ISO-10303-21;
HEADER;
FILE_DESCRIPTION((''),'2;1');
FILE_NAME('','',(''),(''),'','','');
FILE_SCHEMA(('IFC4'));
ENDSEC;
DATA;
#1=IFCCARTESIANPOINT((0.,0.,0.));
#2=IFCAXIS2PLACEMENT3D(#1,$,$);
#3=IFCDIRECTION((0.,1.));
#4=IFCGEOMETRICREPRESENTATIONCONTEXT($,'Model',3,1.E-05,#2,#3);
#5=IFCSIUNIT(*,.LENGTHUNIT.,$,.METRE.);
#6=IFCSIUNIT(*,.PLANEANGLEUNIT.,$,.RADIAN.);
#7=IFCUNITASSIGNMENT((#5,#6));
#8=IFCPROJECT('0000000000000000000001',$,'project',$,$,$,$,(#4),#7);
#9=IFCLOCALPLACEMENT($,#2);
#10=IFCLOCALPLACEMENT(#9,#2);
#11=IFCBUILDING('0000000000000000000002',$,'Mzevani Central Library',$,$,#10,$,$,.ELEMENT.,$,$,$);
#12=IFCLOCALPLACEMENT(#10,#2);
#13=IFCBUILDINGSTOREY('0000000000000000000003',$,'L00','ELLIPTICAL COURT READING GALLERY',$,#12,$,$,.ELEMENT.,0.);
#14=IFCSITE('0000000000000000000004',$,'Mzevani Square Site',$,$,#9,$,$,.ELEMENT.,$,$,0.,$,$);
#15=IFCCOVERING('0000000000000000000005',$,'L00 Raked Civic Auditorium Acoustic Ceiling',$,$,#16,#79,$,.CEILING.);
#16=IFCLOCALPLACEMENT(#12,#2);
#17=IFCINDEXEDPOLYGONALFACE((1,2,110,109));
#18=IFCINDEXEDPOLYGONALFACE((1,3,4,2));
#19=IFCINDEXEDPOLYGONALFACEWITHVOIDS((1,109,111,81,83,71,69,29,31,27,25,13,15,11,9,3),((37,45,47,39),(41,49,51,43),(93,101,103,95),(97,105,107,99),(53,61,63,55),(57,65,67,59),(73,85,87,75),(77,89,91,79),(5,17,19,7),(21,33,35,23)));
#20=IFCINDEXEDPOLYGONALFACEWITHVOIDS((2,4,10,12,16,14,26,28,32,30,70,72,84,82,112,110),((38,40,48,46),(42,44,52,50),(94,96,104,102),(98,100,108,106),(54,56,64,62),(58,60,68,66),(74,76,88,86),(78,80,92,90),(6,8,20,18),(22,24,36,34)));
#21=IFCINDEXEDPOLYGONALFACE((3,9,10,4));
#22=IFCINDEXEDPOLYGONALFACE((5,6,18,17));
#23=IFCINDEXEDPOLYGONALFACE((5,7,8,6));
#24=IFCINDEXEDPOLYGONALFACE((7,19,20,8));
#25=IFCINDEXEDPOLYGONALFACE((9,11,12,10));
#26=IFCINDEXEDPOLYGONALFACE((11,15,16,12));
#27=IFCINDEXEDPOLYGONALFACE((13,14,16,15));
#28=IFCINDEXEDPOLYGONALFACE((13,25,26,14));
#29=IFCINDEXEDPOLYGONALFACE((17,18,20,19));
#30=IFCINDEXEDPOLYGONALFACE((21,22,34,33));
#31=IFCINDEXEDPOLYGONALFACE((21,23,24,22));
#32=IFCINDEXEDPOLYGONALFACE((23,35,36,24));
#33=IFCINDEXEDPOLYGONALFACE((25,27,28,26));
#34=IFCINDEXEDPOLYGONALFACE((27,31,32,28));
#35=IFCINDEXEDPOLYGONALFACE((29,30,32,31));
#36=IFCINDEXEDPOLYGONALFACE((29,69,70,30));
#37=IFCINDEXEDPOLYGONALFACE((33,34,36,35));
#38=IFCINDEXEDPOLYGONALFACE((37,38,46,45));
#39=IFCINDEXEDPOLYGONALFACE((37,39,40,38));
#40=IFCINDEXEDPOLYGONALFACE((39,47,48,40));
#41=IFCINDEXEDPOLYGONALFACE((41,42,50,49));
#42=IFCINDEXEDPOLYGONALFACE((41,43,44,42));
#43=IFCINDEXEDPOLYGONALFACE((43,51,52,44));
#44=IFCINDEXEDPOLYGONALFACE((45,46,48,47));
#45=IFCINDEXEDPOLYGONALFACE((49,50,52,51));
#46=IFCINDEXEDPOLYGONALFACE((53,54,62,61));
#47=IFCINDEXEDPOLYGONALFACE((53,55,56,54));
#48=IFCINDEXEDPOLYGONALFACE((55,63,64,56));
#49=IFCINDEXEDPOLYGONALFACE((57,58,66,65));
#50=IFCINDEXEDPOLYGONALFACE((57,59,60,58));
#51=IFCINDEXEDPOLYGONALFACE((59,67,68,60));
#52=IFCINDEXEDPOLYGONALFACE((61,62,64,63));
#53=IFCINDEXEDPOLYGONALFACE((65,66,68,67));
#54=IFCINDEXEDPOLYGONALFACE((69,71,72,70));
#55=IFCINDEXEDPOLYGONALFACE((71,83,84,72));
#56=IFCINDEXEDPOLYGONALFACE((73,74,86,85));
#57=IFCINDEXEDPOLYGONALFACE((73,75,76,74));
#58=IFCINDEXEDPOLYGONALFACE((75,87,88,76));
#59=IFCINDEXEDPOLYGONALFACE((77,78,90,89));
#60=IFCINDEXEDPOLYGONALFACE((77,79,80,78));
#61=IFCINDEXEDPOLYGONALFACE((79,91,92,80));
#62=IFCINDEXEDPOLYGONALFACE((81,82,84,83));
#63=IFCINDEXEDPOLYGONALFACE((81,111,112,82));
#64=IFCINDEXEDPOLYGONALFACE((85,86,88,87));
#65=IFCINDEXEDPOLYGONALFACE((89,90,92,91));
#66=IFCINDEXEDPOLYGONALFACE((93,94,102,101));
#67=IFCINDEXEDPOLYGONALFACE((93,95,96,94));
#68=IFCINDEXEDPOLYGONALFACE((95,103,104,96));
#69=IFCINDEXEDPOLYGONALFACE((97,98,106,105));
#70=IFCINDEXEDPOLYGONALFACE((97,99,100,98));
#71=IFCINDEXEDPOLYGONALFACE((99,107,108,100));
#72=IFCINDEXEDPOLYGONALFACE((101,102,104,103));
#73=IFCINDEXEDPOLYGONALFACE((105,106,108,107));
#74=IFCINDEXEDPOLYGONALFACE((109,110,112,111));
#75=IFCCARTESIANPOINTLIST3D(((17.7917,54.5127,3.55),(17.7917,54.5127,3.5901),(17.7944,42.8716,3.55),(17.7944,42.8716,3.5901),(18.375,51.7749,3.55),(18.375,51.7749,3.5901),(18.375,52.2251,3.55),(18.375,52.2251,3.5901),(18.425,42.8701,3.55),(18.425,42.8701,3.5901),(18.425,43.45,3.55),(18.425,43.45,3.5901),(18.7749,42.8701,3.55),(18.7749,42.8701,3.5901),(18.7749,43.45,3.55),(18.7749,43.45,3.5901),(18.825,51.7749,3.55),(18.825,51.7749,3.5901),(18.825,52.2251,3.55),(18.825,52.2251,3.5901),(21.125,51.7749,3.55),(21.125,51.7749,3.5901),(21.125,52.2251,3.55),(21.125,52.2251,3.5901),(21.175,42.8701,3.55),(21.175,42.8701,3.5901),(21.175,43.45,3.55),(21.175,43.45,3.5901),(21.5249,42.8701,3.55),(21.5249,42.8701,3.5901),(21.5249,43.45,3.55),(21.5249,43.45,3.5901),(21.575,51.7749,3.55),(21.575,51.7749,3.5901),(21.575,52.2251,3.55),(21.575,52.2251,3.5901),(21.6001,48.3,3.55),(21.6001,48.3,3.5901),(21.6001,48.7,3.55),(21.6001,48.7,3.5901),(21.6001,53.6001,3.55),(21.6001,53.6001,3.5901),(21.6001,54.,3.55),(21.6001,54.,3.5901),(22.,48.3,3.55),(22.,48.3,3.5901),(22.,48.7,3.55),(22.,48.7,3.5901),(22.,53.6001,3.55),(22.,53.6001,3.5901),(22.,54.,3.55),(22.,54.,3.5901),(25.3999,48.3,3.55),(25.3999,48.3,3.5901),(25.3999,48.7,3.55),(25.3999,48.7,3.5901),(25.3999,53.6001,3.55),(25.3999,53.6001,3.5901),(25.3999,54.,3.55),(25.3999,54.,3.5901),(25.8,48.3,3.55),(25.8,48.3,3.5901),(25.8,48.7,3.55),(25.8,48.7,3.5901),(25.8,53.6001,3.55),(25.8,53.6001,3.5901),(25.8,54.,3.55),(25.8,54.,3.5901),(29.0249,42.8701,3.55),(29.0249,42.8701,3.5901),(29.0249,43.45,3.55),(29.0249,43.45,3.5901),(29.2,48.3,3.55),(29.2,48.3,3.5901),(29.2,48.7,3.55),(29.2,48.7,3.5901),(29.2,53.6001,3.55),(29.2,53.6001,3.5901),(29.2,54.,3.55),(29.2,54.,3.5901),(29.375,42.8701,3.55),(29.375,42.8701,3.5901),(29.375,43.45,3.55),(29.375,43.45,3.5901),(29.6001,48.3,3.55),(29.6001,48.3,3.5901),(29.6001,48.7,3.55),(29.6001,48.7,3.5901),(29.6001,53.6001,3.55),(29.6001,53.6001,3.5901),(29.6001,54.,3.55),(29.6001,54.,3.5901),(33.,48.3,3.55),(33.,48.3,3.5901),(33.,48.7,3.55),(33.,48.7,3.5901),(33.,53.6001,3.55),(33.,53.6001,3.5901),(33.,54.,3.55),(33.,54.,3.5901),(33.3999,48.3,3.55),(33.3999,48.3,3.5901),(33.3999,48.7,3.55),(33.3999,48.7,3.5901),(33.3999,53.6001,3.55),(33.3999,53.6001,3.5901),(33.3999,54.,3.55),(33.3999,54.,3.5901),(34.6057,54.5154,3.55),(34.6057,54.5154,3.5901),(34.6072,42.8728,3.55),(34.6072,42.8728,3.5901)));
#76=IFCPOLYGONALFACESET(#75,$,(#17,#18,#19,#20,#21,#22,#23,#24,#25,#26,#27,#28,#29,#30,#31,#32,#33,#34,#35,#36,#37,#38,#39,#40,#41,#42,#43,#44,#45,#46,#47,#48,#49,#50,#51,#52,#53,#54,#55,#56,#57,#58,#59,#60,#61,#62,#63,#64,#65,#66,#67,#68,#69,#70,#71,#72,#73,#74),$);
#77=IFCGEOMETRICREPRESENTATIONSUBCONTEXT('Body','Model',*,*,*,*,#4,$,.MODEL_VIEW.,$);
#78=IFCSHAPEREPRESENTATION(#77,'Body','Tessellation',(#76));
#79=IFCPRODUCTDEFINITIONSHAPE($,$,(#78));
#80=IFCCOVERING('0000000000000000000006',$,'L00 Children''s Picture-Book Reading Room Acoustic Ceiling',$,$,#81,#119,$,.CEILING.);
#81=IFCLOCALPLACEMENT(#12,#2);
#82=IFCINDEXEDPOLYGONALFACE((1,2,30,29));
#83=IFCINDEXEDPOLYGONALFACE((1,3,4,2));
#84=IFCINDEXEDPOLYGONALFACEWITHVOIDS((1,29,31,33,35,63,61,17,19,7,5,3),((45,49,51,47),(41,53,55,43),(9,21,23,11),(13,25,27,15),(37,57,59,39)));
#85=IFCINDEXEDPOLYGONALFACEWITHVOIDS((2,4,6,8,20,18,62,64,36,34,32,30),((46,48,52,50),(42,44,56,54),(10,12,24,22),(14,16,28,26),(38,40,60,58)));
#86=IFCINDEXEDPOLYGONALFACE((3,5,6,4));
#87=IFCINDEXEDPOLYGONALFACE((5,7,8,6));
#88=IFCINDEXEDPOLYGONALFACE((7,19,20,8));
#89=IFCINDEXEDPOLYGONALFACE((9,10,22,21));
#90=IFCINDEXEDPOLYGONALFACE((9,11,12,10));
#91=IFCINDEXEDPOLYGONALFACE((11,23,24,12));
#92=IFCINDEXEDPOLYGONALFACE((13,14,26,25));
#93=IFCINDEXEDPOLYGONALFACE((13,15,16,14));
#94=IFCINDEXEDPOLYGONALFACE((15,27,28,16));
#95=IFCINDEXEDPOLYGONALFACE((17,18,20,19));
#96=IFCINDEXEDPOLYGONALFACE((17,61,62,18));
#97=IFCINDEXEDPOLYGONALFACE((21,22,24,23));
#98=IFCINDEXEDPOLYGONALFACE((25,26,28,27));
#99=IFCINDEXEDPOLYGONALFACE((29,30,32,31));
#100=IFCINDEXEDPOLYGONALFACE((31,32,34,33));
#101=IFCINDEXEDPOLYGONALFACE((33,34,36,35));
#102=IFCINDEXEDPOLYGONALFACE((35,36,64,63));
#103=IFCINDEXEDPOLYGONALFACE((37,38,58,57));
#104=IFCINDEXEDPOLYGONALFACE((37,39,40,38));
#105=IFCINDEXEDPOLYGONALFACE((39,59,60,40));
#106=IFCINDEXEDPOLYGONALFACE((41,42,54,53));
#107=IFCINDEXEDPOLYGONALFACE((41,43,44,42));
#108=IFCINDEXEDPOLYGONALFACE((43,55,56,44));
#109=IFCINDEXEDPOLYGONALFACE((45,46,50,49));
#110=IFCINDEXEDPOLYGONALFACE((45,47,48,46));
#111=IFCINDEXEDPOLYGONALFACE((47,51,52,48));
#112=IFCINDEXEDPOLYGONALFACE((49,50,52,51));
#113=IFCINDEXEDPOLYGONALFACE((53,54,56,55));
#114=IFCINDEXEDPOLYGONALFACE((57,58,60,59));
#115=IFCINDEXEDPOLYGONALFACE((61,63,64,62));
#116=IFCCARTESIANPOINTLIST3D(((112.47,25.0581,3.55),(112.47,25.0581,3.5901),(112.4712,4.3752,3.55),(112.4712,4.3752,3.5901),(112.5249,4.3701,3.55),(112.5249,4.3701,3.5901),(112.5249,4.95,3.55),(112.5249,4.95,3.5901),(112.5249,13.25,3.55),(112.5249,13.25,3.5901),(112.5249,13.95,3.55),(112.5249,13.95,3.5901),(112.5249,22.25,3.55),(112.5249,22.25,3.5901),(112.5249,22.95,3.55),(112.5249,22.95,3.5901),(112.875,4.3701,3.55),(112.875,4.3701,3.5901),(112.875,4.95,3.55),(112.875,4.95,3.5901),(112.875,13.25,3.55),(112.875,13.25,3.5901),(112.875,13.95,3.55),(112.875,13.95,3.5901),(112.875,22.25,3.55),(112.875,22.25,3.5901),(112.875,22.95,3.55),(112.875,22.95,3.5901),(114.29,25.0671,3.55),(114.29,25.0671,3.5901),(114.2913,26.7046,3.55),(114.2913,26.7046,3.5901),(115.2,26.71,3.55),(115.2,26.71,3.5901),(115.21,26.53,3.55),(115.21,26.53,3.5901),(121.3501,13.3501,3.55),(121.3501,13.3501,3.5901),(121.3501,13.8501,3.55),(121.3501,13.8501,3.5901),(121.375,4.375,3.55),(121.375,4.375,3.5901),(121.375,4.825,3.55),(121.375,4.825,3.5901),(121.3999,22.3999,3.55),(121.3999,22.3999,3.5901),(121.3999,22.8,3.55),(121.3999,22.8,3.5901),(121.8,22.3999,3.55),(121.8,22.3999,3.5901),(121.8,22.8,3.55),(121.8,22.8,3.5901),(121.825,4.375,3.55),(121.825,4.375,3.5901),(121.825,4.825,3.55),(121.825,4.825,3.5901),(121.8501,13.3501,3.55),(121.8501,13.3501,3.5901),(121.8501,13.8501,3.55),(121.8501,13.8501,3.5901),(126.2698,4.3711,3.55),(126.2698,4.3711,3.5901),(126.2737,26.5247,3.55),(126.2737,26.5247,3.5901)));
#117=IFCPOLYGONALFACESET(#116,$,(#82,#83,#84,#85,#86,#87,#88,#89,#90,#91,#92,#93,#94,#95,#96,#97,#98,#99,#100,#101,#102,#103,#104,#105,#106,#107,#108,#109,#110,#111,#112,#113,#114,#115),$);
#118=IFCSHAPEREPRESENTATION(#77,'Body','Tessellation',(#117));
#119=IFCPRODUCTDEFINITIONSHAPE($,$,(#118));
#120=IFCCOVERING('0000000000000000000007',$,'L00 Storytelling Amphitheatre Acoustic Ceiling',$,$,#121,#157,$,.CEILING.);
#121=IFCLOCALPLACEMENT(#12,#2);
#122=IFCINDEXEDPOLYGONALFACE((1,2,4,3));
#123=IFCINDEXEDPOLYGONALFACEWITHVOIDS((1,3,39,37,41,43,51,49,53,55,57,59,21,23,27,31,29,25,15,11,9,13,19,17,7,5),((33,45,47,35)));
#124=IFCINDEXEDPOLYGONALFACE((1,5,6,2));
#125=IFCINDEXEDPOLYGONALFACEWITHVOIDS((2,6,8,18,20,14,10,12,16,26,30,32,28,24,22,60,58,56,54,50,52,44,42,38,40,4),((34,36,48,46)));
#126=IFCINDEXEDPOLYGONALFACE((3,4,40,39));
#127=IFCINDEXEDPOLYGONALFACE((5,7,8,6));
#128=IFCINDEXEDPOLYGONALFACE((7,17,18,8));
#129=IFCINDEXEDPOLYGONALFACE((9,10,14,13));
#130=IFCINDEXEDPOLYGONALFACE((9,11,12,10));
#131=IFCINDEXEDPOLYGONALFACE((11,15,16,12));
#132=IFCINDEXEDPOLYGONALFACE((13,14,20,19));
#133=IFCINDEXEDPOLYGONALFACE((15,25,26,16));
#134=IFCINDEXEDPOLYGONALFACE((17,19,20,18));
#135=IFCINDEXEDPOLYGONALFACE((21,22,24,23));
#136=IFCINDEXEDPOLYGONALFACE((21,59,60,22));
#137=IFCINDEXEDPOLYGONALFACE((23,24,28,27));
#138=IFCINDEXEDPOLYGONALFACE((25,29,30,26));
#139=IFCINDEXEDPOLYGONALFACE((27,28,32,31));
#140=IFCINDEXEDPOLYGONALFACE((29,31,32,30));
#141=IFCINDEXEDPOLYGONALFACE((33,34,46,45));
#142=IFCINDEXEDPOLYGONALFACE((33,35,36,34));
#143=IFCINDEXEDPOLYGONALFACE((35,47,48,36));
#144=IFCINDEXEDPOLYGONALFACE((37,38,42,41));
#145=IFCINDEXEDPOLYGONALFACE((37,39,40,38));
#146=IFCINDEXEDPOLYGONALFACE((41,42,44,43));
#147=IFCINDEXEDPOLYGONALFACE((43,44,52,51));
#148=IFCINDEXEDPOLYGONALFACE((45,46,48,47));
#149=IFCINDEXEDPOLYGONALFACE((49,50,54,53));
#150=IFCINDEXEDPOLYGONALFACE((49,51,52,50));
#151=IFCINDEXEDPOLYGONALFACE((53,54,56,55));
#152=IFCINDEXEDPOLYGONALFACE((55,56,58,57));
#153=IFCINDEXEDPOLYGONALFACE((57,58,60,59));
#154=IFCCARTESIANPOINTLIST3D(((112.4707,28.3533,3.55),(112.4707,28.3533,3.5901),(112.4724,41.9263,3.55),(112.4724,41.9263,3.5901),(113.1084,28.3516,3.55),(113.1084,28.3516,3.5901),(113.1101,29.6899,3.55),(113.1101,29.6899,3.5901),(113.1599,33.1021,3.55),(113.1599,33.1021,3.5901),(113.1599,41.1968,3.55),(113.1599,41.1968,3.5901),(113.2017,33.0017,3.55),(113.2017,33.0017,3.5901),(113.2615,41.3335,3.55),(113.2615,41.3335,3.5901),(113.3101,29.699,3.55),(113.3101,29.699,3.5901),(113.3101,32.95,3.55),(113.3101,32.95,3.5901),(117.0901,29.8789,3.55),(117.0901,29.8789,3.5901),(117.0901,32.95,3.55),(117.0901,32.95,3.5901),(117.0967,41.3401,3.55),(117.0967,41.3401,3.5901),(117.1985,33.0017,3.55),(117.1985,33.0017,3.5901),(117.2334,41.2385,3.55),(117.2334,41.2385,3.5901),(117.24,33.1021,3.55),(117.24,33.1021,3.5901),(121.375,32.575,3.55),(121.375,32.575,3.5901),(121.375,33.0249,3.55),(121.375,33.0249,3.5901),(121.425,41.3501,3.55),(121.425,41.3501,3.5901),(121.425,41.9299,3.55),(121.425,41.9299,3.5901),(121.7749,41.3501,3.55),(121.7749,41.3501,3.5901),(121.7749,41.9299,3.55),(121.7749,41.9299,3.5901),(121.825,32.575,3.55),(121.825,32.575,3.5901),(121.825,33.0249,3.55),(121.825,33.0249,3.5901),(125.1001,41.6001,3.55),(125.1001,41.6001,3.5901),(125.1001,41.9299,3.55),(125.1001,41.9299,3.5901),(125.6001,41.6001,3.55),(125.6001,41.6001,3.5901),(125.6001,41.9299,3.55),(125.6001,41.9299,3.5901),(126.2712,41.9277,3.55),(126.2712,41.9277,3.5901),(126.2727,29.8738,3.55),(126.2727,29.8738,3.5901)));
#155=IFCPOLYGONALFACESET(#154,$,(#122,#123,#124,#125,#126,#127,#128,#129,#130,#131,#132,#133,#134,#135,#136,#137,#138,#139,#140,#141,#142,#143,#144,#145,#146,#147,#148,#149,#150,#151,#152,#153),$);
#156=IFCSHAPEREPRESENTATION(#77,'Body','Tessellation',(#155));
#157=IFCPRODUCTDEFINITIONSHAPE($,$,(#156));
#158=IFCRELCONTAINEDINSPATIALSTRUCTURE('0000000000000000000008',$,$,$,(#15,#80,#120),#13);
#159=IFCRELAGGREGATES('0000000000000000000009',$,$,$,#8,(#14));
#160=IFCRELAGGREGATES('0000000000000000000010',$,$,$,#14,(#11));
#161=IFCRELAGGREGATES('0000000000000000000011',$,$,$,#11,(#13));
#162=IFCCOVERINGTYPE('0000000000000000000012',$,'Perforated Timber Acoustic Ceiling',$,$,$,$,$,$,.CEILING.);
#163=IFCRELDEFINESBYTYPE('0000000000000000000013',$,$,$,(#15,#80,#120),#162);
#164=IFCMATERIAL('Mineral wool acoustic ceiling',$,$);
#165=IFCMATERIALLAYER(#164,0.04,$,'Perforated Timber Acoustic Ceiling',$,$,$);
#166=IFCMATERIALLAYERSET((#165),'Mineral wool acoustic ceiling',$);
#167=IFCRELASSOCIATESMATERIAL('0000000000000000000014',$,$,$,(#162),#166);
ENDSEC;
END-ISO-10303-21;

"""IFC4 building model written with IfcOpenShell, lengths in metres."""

from ifc_helpers import new_model, si_unit, direction, frame, origin, place, context, subcontext, project, spatial, polyline, outline, extrude, material, layer, layer_set, type_object, element, save


model = new_model("IFC4")

# Units and contexts
model_context = context("Model", 3, precision=1e-05, world=origin(), true_north=direction((0.0, 1.0)))
body_context = subcontext(model_context, "Body", "Model", "MODEL_VIEW")
ifc_project = project(units=[si_unit("LENGTHUNIT", "METRE"), si_unit("PLANEANGLEUNIT", "RADIAN")], contexts=[model_context])

# Site, building, storey
site_placement = place(None, origin())
site = spatial("IfcSite", under=ifc_project, at=site_placement, Name="Mzevani Square Site", CompositionType="ELEMENT", RefElevation=0.0)
building_placement = place(site_placement, origin())
building = spatial("IfcBuilding", under=site, at=building_placement, Name="Mzevani Central Library", CompositionType="ELEMENT")
storey_placement = place(building_placement, origin())
storey = spatial("IfcBuildingStorey", under=building, at=storey_placement, Name="L00", Description="ELLIPTICAL COURT READING GALLERY", CompositionType="ELEMENT", Elevation=0.0)

# Coverings
ifc_material_1 = material(Name="Mineral wool acoustic ceiling")
ifc_layer_1 = layer(ifc_material_1, 0.04, Name="Perforated Timber Acoustic Ceiling")
ifc_layer_set_1 = layer_set([ifc_layer_1], Name="Mineral wool acoustic ceiling")
covering_type_1 = type_object("IfcCoveringType", Name="Perforated Timber Acoustic Ceiling", PredefinedType="CEILING", material=ifc_layer_set_1)
covering_1_placement = place(storey_placement, frame((0.0, 0.0, 3.55)))
element("IfcCovering", 1, at=covering_1_placement, inside=storey, type_object=covering_type_1, Name="L00 Raked Civic Auditorium Acoustic Ceiling", PredefinedType="CEILING", context=body_context, shape_type="SweptSolid", body=[
    extrude(outline(polyline([(34.6072, 42.8728), (29.375, 42.8701), (29.375, 43.45), (29.0249, 43.45), (29.0249, 42.8701), (21.5249, 42.8701), (21.5249, 43.45), (21.175, 43.45), (21.175, 42.8701), (18.7749, 42.8701), (18.7749, 43.45), (18.425, 43.45), (18.425, 42.8701), (17.7944, 42.8716), (17.7917, 54.5127), (34.6057, 54.5154), (34.6072, 42.8728)]), holes=[polyline([(18.825, 51.7749), (18.825, 52.2251), (18.375, 52.2251), (18.375, 51.7749), (18.825, 51.7749)]), polyline([(21.125, 52.2251), (21.125, 51.7749), (21.575, 51.7749), (21.575, 52.2251), (21.125, 52.2251)]), polyline([(22.0, 48.3), (22.0, 48.7), (21.6001, 48.7), (21.6001, 48.3), (22.0, 48.3)]), polyline([(25.3999, 48.3), (25.8, 48.3), (25.8, 48.7), (25.3999, 48.7), (25.3999, 48.3)]), polyline([(29.2, 48.7), (29.2, 48.3), (29.6001, 48.3), (29.6001, 48.7), (29.2, 48.7)]), polyline([(33.3999, 48.7), (33.0, 48.7), (33.0, 48.3), (33.3999, 48.3), (33.3999, 48.7)]), polyline([(22.0, 53.6001), (22.0, 54.0), (21.6001, 54.0), (21.6001, 53.6001), (22.0, 53.6001)]), polyline([(25.3999, 53.6001), (25.8, 53.6001), (25.8, 54.0), (25.3999, 54.0), (25.3999, 53.6001)]), polyline([(29.2, 54.0), (29.2, 53.6001), (29.6001, 53.6001), (29.6001, 54.0), (29.2, 54.0)]), polyline([(33.3999, 54.0), (33.0, 54.0), (33.0, 53.6001), (33.3999, 53.6001), (33.3999, 54.0)])]), origin(), (0.0, 0.0, 1.0), 0.04),
])
covering_2_placement = place(storey_placement, frame((0.0, 0.0, 3.55)))
element("IfcCovering", 2, at=covering_2_placement, inside=storey, type_object=covering_type_1, Name="L00 Children's Picture-Book Reading Room Acoustic Ceiling", PredefinedType="CEILING", context=body_context, shape_type="SweptSolid", body=[
    extrude(outline(polyline([(115.2, 26.71), (115.21, 26.53), (126.2737, 26.5247), (126.2698, 4.3711), (112.875, 4.3701), (112.875, 4.95), (112.5249, 4.95), (112.5249, 4.3701), (112.4712, 4.3752), (112.47, 25.0581), (114.29, 25.0671), (114.2913, 26.7046), (115.2, 26.71)]), holes=[polyline([(112.875, 13.95), (112.5249, 13.95), (112.5249, 13.25), (112.875, 13.25), (112.875, 13.95)]), polyline([(112.875, 22.25), (112.875, 22.95), (112.5249, 22.95), (112.5249, 22.25), (112.875, 22.25)]), polyline([(121.375, 4.375), (121.825, 4.375), (121.825, 4.825), (121.375, 4.825), (121.375, 4.375)]), polyline([(121.3501, 13.8501), (121.3501, 13.3501), (121.8501, 13.3501), (121.8501, 13.8501), (121.3501, 13.8501)]), polyline([(121.8, 22.8), (121.3999, 22.8), (121.3999, 22.3999), (121.8, 22.3999), (121.8, 22.8)])]), origin(), (0.0, 0.0, 1.0), 0.04),
])
covering_3_placement = place(storey_placement, frame((0.0, 0.0, 3.55)))
element("IfcCovering", 3, at=covering_3_placement, inside=storey, type_object=covering_type_1, Name="L00 Storytelling Amphitheatre Acoustic Ceiling", PredefinedType="CEILING", context=body_context, shape_type="SweptSolid", body=[
    extrude(outline(polyline([(117.0901, 29.8789), (117.0901, 32.95), (117.1985, 33.0017), (117.24, 33.1021), (117.2334, 41.2385), (117.0967, 41.3401), (113.2615, 41.3335), (113.1599, 41.1968), (113.1599, 33.1021), (113.2017, 33.0017), (113.3101, 32.95), (113.3101, 29.699), (113.1101, 29.6899), (113.1084, 28.3516), (112.4707, 28.3533), (112.4724, 41.9263), (121.425, 41.9299), (121.425, 41.3501), (121.7749, 41.3501), (121.7749, 41.9299), (125.1001, 41.9299), (125.1001, 41.6001), (125.6001, 41.6001), (125.6001, 41.9299), (126.2712, 41.9277), (126.2727, 29.8738), (117.0901, 29.8789)]), holes=[polyline([(121.375, 32.575), (121.825, 32.575), (121.825, 33.0249), (121.375, 33.0249), (121.375, 32.575)])]), origin(), (0.0, 0.0, 1.0), 0.04),
])

save(model, "model.ifc")
